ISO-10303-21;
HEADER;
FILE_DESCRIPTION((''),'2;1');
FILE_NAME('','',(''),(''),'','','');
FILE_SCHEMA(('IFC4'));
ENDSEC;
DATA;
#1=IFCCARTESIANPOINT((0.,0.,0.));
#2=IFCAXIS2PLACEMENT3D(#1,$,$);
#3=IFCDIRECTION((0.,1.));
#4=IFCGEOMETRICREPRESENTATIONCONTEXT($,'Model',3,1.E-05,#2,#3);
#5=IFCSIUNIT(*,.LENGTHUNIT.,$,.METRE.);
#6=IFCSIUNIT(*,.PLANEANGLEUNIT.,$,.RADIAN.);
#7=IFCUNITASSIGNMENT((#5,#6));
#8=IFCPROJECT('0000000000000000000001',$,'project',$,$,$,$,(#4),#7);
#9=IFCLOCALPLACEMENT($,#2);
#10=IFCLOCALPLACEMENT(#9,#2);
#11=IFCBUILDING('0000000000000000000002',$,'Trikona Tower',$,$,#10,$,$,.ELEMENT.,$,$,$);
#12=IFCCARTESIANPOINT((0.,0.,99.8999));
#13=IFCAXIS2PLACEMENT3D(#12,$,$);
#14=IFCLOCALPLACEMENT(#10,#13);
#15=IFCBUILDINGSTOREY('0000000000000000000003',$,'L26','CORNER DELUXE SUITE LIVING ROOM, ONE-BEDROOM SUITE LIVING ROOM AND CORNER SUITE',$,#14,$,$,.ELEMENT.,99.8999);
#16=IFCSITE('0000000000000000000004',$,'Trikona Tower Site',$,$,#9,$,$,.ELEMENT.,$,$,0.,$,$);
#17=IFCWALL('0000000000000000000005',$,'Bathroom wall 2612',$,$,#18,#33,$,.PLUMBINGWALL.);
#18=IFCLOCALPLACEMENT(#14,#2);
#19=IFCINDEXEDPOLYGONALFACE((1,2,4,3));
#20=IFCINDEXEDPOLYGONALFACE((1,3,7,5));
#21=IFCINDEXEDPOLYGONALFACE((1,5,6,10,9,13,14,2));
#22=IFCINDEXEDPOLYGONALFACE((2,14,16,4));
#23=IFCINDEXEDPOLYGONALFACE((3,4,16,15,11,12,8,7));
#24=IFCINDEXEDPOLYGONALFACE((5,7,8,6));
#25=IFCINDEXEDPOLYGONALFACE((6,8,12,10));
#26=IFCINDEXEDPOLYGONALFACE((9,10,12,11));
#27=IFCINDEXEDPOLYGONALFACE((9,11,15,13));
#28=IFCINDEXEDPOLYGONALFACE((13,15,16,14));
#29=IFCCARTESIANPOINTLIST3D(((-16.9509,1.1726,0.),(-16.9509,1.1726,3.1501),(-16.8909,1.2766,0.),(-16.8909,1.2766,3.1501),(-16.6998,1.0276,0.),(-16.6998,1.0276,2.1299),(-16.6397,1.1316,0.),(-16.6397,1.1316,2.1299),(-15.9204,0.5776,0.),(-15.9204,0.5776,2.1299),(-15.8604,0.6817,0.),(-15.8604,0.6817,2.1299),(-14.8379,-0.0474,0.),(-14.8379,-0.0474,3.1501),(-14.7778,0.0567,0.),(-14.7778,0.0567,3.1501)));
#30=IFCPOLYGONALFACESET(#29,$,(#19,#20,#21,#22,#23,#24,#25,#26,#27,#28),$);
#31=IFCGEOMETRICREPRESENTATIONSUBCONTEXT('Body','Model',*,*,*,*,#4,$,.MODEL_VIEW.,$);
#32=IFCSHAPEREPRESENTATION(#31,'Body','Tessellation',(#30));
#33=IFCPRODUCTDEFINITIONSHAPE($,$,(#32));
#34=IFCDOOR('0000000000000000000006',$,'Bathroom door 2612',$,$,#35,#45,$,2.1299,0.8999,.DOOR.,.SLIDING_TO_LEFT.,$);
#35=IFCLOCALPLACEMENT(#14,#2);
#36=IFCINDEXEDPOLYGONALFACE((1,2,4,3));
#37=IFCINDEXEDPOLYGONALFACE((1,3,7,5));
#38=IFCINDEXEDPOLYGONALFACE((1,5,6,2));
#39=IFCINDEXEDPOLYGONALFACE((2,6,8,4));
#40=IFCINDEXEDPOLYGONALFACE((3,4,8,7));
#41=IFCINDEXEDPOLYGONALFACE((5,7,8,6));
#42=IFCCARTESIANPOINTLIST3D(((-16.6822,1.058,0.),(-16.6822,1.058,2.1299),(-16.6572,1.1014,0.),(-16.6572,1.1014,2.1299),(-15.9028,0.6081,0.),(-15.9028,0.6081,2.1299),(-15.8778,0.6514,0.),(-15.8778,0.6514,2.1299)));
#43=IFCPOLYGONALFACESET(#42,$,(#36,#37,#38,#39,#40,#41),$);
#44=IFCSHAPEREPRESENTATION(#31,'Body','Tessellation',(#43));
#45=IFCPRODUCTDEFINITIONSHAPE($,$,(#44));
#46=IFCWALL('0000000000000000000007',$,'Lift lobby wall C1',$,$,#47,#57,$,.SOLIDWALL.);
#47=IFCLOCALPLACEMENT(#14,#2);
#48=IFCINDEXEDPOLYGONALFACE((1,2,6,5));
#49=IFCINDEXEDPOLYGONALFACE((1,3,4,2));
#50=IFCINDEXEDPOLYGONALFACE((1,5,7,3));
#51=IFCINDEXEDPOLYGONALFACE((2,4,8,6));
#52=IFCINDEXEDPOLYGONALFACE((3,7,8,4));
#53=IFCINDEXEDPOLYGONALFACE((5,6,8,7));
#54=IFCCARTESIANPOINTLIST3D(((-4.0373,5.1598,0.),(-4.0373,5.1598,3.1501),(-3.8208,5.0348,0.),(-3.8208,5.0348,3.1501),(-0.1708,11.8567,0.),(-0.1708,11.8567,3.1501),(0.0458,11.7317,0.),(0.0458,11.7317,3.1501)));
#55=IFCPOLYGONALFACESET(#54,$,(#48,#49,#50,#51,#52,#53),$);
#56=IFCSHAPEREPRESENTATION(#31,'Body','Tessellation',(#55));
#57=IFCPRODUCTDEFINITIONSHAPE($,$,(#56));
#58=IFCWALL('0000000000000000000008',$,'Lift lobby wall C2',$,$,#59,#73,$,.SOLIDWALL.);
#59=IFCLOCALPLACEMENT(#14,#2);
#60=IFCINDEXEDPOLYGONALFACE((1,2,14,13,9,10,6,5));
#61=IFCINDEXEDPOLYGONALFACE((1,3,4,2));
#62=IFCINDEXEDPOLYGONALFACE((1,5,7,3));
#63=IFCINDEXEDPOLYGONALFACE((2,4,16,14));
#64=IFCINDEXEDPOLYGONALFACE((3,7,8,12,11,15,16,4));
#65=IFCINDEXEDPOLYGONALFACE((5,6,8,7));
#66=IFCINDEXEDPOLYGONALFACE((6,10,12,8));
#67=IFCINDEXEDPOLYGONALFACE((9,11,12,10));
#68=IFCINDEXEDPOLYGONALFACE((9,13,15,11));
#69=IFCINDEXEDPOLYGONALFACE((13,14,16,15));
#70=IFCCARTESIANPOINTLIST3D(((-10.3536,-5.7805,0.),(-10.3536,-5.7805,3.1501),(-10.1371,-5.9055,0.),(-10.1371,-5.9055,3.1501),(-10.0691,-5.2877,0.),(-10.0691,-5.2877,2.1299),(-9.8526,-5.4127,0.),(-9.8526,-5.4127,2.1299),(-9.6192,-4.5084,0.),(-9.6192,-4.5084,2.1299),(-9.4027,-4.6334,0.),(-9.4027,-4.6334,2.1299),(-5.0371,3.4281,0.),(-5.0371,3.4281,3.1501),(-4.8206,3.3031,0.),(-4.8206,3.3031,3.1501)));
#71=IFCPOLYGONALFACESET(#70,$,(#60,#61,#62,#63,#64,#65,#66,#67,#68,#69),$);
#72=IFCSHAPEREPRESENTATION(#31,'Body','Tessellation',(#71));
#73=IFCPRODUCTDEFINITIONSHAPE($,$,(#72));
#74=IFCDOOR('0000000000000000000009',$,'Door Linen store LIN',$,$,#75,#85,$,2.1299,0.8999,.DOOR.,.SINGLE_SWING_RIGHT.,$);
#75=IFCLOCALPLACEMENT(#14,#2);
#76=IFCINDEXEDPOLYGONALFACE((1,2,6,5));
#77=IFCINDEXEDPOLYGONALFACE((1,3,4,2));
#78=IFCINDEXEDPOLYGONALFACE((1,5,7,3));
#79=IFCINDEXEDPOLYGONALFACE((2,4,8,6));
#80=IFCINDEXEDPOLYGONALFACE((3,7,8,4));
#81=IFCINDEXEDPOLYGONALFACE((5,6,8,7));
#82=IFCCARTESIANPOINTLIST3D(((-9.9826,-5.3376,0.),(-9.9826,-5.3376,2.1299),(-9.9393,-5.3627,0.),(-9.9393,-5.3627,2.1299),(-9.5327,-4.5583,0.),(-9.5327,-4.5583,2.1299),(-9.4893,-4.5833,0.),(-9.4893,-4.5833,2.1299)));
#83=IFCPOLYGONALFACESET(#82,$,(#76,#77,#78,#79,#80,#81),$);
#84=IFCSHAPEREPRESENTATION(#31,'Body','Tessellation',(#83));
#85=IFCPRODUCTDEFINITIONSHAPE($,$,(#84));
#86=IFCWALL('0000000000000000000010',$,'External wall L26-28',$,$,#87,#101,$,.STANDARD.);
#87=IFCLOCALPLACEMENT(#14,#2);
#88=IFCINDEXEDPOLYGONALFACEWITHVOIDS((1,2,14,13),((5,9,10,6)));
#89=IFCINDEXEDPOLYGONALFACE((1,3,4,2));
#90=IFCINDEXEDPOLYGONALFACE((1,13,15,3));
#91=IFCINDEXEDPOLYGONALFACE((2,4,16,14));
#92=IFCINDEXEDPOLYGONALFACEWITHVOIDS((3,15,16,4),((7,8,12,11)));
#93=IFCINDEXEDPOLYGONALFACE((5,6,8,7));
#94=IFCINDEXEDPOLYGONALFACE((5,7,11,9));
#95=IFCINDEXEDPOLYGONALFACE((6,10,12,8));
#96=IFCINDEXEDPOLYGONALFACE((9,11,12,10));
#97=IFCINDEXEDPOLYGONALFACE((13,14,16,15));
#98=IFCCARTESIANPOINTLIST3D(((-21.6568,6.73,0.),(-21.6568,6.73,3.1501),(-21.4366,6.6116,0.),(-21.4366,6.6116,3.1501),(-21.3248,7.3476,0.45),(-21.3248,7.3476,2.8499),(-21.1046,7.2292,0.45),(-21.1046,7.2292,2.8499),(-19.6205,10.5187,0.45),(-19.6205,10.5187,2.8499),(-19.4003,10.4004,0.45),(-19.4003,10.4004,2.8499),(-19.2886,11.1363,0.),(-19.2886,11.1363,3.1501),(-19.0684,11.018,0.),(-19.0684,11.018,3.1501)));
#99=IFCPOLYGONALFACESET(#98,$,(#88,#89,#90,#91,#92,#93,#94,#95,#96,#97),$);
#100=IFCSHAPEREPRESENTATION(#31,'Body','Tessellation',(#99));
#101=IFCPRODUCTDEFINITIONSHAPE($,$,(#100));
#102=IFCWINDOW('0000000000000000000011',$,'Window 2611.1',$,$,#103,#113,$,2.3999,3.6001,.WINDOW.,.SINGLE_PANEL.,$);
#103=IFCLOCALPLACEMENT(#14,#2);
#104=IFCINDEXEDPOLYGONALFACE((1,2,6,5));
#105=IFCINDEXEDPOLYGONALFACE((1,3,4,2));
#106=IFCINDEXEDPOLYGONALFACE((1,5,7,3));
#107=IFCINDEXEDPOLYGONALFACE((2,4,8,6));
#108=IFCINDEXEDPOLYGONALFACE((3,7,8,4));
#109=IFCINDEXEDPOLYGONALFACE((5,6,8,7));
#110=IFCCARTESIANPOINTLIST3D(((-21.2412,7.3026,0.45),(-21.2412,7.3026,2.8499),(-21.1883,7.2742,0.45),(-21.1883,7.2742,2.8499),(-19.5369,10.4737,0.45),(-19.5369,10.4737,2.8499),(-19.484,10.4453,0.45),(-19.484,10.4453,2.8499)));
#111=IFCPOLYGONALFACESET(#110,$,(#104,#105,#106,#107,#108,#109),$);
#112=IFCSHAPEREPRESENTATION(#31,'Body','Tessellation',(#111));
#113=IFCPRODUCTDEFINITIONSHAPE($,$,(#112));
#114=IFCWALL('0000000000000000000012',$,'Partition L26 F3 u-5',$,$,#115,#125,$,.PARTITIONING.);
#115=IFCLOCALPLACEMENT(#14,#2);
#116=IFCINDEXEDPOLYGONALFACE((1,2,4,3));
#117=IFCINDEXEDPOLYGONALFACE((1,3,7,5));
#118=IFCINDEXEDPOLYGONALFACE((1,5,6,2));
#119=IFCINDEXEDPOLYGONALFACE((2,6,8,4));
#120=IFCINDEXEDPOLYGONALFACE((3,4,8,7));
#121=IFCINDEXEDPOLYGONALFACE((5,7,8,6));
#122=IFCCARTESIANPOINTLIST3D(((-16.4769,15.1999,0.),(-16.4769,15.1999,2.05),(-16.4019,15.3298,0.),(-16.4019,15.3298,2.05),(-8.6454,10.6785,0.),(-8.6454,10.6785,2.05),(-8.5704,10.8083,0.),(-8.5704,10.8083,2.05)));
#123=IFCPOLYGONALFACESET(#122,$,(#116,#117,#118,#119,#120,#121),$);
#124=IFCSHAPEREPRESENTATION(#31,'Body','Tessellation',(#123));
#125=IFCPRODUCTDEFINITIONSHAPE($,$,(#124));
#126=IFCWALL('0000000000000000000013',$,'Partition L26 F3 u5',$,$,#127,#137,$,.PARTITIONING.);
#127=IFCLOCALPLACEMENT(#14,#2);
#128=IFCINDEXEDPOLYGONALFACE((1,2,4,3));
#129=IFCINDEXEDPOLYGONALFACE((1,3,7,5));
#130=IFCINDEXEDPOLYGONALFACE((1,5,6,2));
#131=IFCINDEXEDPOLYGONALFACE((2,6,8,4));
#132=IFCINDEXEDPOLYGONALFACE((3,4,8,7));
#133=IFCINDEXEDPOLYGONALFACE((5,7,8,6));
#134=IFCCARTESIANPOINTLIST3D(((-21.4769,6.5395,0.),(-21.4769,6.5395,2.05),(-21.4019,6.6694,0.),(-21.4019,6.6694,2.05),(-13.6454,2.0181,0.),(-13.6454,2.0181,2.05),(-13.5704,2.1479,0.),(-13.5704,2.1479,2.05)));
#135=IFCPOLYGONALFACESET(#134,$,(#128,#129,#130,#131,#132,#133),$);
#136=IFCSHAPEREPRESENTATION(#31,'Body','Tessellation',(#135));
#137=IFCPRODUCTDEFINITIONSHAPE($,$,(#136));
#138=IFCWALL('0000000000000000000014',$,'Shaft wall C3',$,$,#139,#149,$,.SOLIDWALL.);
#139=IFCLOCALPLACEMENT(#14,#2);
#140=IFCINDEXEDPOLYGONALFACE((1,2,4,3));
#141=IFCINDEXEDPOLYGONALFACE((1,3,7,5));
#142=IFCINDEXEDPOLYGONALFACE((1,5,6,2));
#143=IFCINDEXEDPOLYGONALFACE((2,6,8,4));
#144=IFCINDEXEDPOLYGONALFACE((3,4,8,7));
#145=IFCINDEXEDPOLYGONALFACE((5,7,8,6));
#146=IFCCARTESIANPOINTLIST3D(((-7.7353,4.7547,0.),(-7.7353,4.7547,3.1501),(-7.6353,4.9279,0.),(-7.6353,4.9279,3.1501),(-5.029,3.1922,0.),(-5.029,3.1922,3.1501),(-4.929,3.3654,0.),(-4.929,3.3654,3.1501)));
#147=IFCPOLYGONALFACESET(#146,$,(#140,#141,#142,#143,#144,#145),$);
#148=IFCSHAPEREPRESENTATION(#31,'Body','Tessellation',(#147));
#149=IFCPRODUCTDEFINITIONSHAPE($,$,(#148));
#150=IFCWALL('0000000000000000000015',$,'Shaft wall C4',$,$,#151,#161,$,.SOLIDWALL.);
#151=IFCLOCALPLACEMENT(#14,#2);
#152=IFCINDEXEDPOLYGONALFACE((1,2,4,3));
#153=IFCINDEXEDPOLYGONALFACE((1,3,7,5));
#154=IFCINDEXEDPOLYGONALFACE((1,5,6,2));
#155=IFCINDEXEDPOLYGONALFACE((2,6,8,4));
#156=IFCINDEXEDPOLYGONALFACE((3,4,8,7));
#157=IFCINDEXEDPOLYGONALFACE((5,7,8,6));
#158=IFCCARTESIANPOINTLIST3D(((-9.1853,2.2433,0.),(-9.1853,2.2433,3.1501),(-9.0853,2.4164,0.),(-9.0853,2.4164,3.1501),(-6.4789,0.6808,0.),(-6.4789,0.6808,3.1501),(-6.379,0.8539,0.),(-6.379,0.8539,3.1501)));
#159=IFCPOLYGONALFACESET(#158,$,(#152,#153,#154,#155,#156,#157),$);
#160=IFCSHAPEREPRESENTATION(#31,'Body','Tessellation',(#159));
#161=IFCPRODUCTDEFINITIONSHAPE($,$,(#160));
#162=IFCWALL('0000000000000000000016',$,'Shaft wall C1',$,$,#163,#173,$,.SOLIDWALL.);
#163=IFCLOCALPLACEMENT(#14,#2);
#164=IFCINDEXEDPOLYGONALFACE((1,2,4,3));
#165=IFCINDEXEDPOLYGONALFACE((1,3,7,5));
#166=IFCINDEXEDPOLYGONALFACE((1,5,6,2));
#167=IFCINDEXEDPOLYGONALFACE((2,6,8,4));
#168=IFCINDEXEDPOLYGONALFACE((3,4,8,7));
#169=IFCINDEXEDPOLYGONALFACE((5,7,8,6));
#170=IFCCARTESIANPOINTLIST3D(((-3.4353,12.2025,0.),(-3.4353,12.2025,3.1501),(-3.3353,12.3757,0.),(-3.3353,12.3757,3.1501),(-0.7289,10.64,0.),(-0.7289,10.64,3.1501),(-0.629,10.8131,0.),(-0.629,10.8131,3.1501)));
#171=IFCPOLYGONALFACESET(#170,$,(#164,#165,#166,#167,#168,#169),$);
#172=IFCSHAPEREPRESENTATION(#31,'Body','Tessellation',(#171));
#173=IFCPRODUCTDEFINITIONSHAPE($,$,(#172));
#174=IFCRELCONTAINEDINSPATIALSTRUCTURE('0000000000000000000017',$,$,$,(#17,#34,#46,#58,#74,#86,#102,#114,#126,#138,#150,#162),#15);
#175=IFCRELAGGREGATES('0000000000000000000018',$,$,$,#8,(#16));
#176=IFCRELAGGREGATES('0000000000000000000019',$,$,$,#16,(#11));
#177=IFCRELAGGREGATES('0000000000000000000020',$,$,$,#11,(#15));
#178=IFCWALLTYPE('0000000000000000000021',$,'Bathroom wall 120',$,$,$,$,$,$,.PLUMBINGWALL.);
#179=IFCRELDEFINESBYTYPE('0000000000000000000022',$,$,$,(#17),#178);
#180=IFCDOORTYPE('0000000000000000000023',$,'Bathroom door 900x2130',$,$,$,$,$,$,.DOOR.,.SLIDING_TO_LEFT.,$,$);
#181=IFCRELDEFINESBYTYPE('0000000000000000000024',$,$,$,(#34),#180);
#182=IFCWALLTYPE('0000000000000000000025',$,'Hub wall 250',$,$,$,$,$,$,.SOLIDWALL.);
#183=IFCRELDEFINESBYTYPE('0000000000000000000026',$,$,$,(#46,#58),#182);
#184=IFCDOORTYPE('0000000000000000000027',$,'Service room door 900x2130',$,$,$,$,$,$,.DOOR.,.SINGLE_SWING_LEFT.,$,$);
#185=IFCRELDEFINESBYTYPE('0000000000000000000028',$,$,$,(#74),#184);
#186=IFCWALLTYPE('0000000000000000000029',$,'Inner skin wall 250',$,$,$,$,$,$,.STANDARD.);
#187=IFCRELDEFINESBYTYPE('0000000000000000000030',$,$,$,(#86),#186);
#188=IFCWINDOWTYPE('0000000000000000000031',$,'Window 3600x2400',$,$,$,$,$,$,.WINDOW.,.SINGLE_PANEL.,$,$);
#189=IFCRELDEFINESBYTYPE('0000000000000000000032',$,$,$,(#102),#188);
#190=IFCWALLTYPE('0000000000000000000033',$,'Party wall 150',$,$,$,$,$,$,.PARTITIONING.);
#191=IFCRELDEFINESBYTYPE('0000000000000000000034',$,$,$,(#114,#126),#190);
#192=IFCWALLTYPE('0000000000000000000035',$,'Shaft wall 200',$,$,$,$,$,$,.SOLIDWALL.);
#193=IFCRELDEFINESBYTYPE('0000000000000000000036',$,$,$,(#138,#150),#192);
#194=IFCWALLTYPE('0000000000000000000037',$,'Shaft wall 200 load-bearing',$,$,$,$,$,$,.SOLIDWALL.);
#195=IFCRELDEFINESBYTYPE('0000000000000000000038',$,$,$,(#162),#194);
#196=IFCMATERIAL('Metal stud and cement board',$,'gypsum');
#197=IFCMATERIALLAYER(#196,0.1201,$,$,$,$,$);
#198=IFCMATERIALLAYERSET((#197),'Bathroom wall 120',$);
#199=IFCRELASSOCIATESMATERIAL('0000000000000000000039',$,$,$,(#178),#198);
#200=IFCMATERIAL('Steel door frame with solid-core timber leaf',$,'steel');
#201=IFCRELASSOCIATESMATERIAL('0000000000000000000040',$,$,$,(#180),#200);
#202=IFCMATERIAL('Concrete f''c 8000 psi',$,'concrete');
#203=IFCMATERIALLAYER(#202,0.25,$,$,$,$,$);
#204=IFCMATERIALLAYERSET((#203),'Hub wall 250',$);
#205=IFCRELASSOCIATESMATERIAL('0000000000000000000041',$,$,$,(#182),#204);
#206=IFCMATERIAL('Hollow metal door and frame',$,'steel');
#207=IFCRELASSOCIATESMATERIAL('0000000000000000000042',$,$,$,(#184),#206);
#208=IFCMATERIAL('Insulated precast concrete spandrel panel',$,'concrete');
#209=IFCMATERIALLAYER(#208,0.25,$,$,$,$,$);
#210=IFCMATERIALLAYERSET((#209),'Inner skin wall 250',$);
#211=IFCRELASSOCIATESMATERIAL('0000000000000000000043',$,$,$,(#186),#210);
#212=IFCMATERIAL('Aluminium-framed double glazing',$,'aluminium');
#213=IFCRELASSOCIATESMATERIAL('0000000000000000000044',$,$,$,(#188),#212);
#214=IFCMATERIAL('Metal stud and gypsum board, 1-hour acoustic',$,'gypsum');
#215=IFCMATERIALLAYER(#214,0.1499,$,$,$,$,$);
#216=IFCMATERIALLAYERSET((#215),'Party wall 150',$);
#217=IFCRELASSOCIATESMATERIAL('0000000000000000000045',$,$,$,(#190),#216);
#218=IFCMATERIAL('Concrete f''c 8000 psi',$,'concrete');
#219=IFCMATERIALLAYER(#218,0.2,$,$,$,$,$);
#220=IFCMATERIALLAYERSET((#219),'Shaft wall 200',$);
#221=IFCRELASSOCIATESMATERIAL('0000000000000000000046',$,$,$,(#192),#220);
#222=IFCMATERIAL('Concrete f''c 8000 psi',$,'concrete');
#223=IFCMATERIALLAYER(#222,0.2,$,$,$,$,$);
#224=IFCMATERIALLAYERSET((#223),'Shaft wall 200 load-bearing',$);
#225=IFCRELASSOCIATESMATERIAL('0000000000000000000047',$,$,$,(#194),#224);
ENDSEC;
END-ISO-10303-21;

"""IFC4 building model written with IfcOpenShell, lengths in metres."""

from ifc_helpers import new_model, si_unit, direction, frame, frame_2d, origin, place, context, subcontext, project, spatial, rectangle, extrude, material, layer, layer_set, type_object, element, fill, save


model = new_model("IFC4")

# Units and contexts
model_context = context("Model", 3, precision=1e-05, world=origin(), true_north=direction((0.0, 1.0)))
body_context = subcontext(model_context, "Body", "Model", "MODEL_VIEW")
ifc_project = project(units=[si_unit("LENGTHUNIT", "METRE"), si_unit("PLANEANGLEUNIT", "RADIAN")], contexts=[model_context])

# Site, building, storey
site_placement = place(None, origin())
site = spatial("IfcSite", under=ifc_project, at=site_placement, Name="Trikona Tower Site", CompositionType="ELEMENT", RefElevation=0.0)
building_placement = place(site_placement, origin())
building = spatial("IfcBuilding", under=site, at=building_placement, Name="Trikona Tower", CompositionType="ELEMENT")
storey_placement = place(building_placement, frame((0.0, 0.0, 99.8999)))
storey = spatial("IfcBuildingStorey", under=building, at=storey_placement, Name="L26", Description="CORNER DELUXE SUITE LIVING ROOM, ONE-BEDROOM SUITE LIVING ROOM AND CORNER SUITE", CompositionType="ELEMENT", Elevation=99.8999)

# Shared definitions
ifc_material_1 = material(Name="Metal stud and cement board", Category="gypsum")
ifc_layer_1 = layer(ifc_material_1, 0.1201)
ifc_layer_set_1 = layer_set([ifc_layer_1], Name="Bathroom wall 120")
wall_type_1 = type_object("IfcWallType", Name="Bathroom wall 120", PredefinedType="PLUMBINGWALL", material=ifc_layer_set_1)

# Shared definitions
ifc_material_2 = material(Name="Steel door frame with solid-core timber leaf", Category="steel")
door_type_1 = type_object("IfcDoorType", Name="Bathroom door 900x2130", OperationType="SLIDING_TO_LEFT", PredefinedType="DOOR", material=ifc_material_2)

# Wall, opening, door
wall_1_placement = place(storey_placement, frame((-14.8079, 0.0046, 0.0), z_axis=(0.0, 0.0, 1.0), x_axis=(-0.866024, 0.500003, 0.0)))
wall_1 = element("IfcWall", 1, at=wall_1_placement, inside=storey, type_object=wall_type_1, Name="Bathroom wall 2612", PredefinedType="PLUMBINGWALL", context=body_context, shape_type="SweptSolid", body=[
    extrude(rectangle(XDim=2.4399, YDim=0.1201, at=frame_2d((1.22, 0.0))), origin(), (0.0, 0.0, 1.0), 3.1501),
])
opening_1_placement = place(wall_1_placement, frame((1.25, 0.0, 0.0)))
opening_1 = element("IfcOpeningElement", 2, at=opening_1_placement, cuts=wall_1, PredefinedType="OPENING", context=body_context, shape_type="SweptSolid", body=[
    extrude(rectangle(XDim=0.8999, YDim=2.1299, at=frame_2d((0.45, 1.0649))), frame((0.0, 0.0701, 0.0), z_axis=(0.0, -1.0, 0.0), x_axis=(1.0, 0.0, 0.0)), (0.0, 0.0, 1.0), 0.1401),
])
door_1_placement = place(opening_1_placement, origin())
door_1 = element("IfcDoor", 3, at=door_1_placement, inside=storey, type_object=door_type_1, Name="Bathroom door 2612", OperationType="SLIDING_TO_LEFT", OverallHeight=2.1299, OverallWidth=0.8999, PredefinedType="DOOR", context=body_context, shape_type="SweptSolid", body=[
    extrude(rectangle(XDim=0.8999, YDim=2.1299, at=frame_2d((0.45, 1.0649))), frame((0.0, 0.0249, 0.0), z_axis=(0.0, -1.0, 0.0), x_axis=(1.0, 0.0, 0.0)), (0.0, 0.0, 1.0), 0.05),
])
fill(opening_1, door_1)

# Wall
ifc_material_3 = material(Name="Concrete f'c 8000 psi", Category="concrete")
ifc_layer_2 = layer(ifc_material_3, 0.25)
ifc_layer_set_2 = layer_set([ifc_layer_2], Name="Hub wall 250")
wall_type_2 = type_object("IfcWallType", Name="Hub wall 250", PredefinedType="SOLIDWALL", material=ifc_layer_set_2)
wall_2_placement = place(storey_placement, frame((-0.0625, 11.7942, 0.0), z_axis=(0.0, 0.0, 1.0), x_axis=(-0.500007, -0.866022, 0.0)))
element("IfcWall", 4, at=wall_2_placement, inside=storey, type_object=wall_type_2, Name="Lift lobby wall C1", PredefinedType="SOLIDWALL", context=body_context, shape_type="SweptSolid", body=[
    extrude(rectangle(XDim=7.7329, YDim=0.25, at=frame_2d((3.8665, 0.0))), origin(), (0.0, 0.0, 1.0), 3.1501),
])

# Wall, opening, door
wall_3_placement = place(storey_placement, frame((-4.929, 3.3655, 0.0), z_axis=(0.0, 0.0, 1.0), x_axis=(-0.499991, -0.86603, 0.0)))
wall_3 = element("IfcWall", 5, at=wall_3_placement, inside=storey, type_object=wall_type_2, Name="Lift lobby wall C2", PredefinedType="SOLIDWALL", context=body_context, shape_type="SweptSolid", body=[
    extrude(rectangle(XDim=10.6331, YDim=0.25, at=frame_2d((5.3164, 0.0))), origin(), (0.0, 0.0, 1.0), 3.1501),
])
opening_2_placement = place(wall_3_placement, frame((9.1641, 0.0, 0.0)))
opening_2 = element("IfcOpeningElement", 6, at=opening_2_placement, cuts=wall_3, PredefinedType="OPENING", context=body_context, shape_type="SweptSolid", body=[
    extrude(rectangle(XDim=0.8999, YDim=2.1299, at=frame_2d((0.45, 1.0649))), frame((0.0, 0.135, 0.0), z_axis=(0.0, -1.0, 0.0), x_axis=(1.0, 0.0, 0.0)), (0.0, 0.0, 1.0), 0.27),
])
ifc_material_4 = material(Name="Hollow metal door and frame", Category="steel")
door_type_2 = type_object("IfcDoorType", Name="Service room door 900x2130", OperationType="SINGLE_SWING_LEFT", PredefinedType="DOOR", material=ifc_material_4)
door_2_placement = place(opening_2_placement, origin())
door_2 = element("IfcDoor", 7, at=door_2_placement, inside=storey, type_object=door_type_2, Name="Door Linen store LIN", OperationType="SINGLE_SWING_RIGHT", OverallHeight=2.1299, OverallWidth=0.8999, PredefinedType="DOOR", context=body_context, shape_type="SweptSolid", body=[
    extrude(rectangle(XDim=0.8999, YDim=2.1299, at=frame_2d((0.45, 1.0649))), frame((0.0, 0.0249, 0.0), z_axis=(0.0, -1.0, 0.0), x_axis=(1.0, 0.0, 0.0)), (0.0, 0.0, 1.0), 0.05),
])
fill(opening_2, door_2)

# Wall, opening, window
ifc_material_5 = material(Name="Insulated precast concrete spandrel panel", Category="concrete")
ifc_layer_3 = layer(ifc_material_5, 0.25)
ifc_layer_set_3 = layer_set([ifc_layer_3], Name="Inner skin wall 250")
wall_type_3 = type_object("IfcWallType", Name="Inner skin wall 250", PredefinedType="STANDARD", material=ifc_layer_set_3)
wall_4_placement = place(storey_placement, frame((-19.1785, 11.0771, 0.0), z_axis=(0.0, 0.0, 1.0), x_axis=(-0.473413, -0.880841, 0.0)))
wall_4 = element("IfcWall", 8, at=wall_4_placement, inside=storey, type_object=wall_type_3, Name="External wall L26-28", PredefinedType="STANDARD", context=body_context, shape_type="SweptSolid", body=[
    extrude(rectangle(XDim=5.0024, YDim=0.25, at=frame_2d((2.5012, 0.0))), origin(), (0.0, 0.0, 1.0), 3.1501),
])
opening_3_placement = place(wall_4_placement, frame((0.7012, 0.0, 0.45)))
opening_3 = element("IfcOpeningElement", 9, at=opening_3_placement, cuts=wall_4, PredefinedType="OPENING", context=body_context, shape_type="SweptSolid", body=[
    extrude(rectangle(XDim=3.6001, YDim=2.3999, at=frame_2d((1.8, 1.2))), frame((0.0, 0.135, 0.0), z_axis=(0.0, -1.0, 0.0), x_axis=(1.0, 0.0, 0.0)), (0.0, 0.0, 1.0), 0.27),
])
ifc_material_6 = material(Name="Aluminium-framed double glazing", Category="aluminium")
window_type = type_object("IfcWindowType", Name="Window 3600x2400", PartitioningType="SINGLE_PANEL", PredefinedType="WINDOW", material=ifc_material_6)
window_placement = place(opening_3_placement, origin())
window = element("IfcWindow", 10, at=window_placement, inside=storey, type_object=window_type, Name="Window 2611.1", OverallHeight=2.3999, OverallWidth=3.6001, PartitioningType="SINGLE_PANEL", PredefinedType="WINDOW", context=body_context, shape_type="SweptSolid", body=[
    extrude(rectangle(XDim=3.6001, YDim=2.3999, at=frame_2d((1.8, 1.2))), frame((0.0, 0.03, 0.0), z_axis=(0.0, -1.0, 0.0), x_axis=(1.0, 0.0, 0.0)), (0.0, 0.0, 1.0), 0.0601),
])
fill(opening_3, window)

# Walls
ifc_material_7 = material(Name="Metal stud and gypsum board, 1-hour acoustic", Category="gypsum")
ifc_layer_4 = layer(ifc_material_7, 0.1499)
ifc_layer_set_4 = layer_set([ifc_layer_4], Name="Party wall 150")
wall_type_4 = type_object("IfcWallType", Name="Party wall 150", PredefinedType="PARTITIONING", material=ifc_layer_set_4)
for number, where, z_axis, x_axis, name in (
    (11, (-8.6079, 10.7434, 0.0), (0.0, 0.0, 1.0), (-0.866028, 0.499995, 0.0), "Partition L26 F3 u-5"),
    (12, (-13.6079, 2.083, 0.0), (0.0, 0.0, 1.0), (-0.866028, 0.499995, 0.0), "Partition L26 F3 u5"),
):
    element("IfcWall", number, at=place(storey_placement, frame(where, z_axis=z_axis, x_axis=x_axis)), inside=storey, type_object=wall_type_4, Name=name, PredefinedType="PARTITIONING", context=body_context, shape_type="SweptSolid", body=[
        extrude(rectangle(XDim=9.043, YDim=0.1499, at=frame_2d((4.5215, 0.0))), origin(), (0.0, 0.0, 1.0), 2.05),
    ])
ifc_material_8 = material(Name="Concrete f'c 8000 psi", Category="concrete")
ifc_layer_5 = layer(ifc_material_8, 0.2)
ifc_layer_set_5 = layer_set([ifc_layer_5], Name="Shaft wall 200")
wall_type_5 = type_object("IfcWallType", Name="Shaft wall 200", PredefinedType="SOLIDWALL", material=ifc_layer_set_5)
for number, where, z_axis, x_axis, name in (
    (13, (-4.979, 3.2788, 0.0), (0.0, 0.0, 1.0), (-0.866023, 0.500004, 0.0), "Shaft wall C3"),
    (14, (-6.429, 0.7673, 0.0), (0.0, 0.0, 1.0), (-0.866023, 0.500004, 0.0), "Shaft wall C4"),
):
    element("IfcWall", number, at=place(storey_placement, frame(where, z_axis=z_axis, x_axis=x_axis)), inside=storey, type_object=wall_type_5, Name=name, PredefinedType="SOLIDWALL", context=body_context, shape_type="SweptSolid", body=[
        extrude(rectangle(XDim=3.125, YDim=0.2, at=frame_2d((1.5625, 0.0))), origin(), (0.0, 0.0, 1.0), 3.1501),
    ])
ifc_material_9 = material(Name="Concrete f'c 8000 psi", Category="concrete")
ifc_layer_6 = layer(ifc_material_9, 0.2)
ifc_layer_set_6 = layer_set([ifc_layer_6], Name="Shaft wall 200 load-bearing")
wall_type_6 = type_object("IfcWallType", Name="Shaft wall 200 load-bearing", PredefinedType="SOLIDWALL", material=ifc_layer_set_6)
for number, where, z_axis, x_axis, name in (
    (15, (-0.679, 10.7266, 0.0), (0.0, 0.0, 1.0), (-0.866023, 0.500004, 0.0), "Shaft wall C1"),
):
    element("IfcWall", number, at=place(storey_placement, frame(where, z_axis=z_axis, x_axis=x_axis)), inside=storey, type_object=wall_type_6, Name=name, PredefinedType="SOLIDWALL", context=body_context, shape_type="SweptSolid", body=[
        extrude(rectangle(XDim=3.125, YDim=0.2, at=frame_2d((1.5625, 0.0))), origin(), (0.0, 0.0, 1.0), 3.1501),
    ])

save(model, "model.ifc")
